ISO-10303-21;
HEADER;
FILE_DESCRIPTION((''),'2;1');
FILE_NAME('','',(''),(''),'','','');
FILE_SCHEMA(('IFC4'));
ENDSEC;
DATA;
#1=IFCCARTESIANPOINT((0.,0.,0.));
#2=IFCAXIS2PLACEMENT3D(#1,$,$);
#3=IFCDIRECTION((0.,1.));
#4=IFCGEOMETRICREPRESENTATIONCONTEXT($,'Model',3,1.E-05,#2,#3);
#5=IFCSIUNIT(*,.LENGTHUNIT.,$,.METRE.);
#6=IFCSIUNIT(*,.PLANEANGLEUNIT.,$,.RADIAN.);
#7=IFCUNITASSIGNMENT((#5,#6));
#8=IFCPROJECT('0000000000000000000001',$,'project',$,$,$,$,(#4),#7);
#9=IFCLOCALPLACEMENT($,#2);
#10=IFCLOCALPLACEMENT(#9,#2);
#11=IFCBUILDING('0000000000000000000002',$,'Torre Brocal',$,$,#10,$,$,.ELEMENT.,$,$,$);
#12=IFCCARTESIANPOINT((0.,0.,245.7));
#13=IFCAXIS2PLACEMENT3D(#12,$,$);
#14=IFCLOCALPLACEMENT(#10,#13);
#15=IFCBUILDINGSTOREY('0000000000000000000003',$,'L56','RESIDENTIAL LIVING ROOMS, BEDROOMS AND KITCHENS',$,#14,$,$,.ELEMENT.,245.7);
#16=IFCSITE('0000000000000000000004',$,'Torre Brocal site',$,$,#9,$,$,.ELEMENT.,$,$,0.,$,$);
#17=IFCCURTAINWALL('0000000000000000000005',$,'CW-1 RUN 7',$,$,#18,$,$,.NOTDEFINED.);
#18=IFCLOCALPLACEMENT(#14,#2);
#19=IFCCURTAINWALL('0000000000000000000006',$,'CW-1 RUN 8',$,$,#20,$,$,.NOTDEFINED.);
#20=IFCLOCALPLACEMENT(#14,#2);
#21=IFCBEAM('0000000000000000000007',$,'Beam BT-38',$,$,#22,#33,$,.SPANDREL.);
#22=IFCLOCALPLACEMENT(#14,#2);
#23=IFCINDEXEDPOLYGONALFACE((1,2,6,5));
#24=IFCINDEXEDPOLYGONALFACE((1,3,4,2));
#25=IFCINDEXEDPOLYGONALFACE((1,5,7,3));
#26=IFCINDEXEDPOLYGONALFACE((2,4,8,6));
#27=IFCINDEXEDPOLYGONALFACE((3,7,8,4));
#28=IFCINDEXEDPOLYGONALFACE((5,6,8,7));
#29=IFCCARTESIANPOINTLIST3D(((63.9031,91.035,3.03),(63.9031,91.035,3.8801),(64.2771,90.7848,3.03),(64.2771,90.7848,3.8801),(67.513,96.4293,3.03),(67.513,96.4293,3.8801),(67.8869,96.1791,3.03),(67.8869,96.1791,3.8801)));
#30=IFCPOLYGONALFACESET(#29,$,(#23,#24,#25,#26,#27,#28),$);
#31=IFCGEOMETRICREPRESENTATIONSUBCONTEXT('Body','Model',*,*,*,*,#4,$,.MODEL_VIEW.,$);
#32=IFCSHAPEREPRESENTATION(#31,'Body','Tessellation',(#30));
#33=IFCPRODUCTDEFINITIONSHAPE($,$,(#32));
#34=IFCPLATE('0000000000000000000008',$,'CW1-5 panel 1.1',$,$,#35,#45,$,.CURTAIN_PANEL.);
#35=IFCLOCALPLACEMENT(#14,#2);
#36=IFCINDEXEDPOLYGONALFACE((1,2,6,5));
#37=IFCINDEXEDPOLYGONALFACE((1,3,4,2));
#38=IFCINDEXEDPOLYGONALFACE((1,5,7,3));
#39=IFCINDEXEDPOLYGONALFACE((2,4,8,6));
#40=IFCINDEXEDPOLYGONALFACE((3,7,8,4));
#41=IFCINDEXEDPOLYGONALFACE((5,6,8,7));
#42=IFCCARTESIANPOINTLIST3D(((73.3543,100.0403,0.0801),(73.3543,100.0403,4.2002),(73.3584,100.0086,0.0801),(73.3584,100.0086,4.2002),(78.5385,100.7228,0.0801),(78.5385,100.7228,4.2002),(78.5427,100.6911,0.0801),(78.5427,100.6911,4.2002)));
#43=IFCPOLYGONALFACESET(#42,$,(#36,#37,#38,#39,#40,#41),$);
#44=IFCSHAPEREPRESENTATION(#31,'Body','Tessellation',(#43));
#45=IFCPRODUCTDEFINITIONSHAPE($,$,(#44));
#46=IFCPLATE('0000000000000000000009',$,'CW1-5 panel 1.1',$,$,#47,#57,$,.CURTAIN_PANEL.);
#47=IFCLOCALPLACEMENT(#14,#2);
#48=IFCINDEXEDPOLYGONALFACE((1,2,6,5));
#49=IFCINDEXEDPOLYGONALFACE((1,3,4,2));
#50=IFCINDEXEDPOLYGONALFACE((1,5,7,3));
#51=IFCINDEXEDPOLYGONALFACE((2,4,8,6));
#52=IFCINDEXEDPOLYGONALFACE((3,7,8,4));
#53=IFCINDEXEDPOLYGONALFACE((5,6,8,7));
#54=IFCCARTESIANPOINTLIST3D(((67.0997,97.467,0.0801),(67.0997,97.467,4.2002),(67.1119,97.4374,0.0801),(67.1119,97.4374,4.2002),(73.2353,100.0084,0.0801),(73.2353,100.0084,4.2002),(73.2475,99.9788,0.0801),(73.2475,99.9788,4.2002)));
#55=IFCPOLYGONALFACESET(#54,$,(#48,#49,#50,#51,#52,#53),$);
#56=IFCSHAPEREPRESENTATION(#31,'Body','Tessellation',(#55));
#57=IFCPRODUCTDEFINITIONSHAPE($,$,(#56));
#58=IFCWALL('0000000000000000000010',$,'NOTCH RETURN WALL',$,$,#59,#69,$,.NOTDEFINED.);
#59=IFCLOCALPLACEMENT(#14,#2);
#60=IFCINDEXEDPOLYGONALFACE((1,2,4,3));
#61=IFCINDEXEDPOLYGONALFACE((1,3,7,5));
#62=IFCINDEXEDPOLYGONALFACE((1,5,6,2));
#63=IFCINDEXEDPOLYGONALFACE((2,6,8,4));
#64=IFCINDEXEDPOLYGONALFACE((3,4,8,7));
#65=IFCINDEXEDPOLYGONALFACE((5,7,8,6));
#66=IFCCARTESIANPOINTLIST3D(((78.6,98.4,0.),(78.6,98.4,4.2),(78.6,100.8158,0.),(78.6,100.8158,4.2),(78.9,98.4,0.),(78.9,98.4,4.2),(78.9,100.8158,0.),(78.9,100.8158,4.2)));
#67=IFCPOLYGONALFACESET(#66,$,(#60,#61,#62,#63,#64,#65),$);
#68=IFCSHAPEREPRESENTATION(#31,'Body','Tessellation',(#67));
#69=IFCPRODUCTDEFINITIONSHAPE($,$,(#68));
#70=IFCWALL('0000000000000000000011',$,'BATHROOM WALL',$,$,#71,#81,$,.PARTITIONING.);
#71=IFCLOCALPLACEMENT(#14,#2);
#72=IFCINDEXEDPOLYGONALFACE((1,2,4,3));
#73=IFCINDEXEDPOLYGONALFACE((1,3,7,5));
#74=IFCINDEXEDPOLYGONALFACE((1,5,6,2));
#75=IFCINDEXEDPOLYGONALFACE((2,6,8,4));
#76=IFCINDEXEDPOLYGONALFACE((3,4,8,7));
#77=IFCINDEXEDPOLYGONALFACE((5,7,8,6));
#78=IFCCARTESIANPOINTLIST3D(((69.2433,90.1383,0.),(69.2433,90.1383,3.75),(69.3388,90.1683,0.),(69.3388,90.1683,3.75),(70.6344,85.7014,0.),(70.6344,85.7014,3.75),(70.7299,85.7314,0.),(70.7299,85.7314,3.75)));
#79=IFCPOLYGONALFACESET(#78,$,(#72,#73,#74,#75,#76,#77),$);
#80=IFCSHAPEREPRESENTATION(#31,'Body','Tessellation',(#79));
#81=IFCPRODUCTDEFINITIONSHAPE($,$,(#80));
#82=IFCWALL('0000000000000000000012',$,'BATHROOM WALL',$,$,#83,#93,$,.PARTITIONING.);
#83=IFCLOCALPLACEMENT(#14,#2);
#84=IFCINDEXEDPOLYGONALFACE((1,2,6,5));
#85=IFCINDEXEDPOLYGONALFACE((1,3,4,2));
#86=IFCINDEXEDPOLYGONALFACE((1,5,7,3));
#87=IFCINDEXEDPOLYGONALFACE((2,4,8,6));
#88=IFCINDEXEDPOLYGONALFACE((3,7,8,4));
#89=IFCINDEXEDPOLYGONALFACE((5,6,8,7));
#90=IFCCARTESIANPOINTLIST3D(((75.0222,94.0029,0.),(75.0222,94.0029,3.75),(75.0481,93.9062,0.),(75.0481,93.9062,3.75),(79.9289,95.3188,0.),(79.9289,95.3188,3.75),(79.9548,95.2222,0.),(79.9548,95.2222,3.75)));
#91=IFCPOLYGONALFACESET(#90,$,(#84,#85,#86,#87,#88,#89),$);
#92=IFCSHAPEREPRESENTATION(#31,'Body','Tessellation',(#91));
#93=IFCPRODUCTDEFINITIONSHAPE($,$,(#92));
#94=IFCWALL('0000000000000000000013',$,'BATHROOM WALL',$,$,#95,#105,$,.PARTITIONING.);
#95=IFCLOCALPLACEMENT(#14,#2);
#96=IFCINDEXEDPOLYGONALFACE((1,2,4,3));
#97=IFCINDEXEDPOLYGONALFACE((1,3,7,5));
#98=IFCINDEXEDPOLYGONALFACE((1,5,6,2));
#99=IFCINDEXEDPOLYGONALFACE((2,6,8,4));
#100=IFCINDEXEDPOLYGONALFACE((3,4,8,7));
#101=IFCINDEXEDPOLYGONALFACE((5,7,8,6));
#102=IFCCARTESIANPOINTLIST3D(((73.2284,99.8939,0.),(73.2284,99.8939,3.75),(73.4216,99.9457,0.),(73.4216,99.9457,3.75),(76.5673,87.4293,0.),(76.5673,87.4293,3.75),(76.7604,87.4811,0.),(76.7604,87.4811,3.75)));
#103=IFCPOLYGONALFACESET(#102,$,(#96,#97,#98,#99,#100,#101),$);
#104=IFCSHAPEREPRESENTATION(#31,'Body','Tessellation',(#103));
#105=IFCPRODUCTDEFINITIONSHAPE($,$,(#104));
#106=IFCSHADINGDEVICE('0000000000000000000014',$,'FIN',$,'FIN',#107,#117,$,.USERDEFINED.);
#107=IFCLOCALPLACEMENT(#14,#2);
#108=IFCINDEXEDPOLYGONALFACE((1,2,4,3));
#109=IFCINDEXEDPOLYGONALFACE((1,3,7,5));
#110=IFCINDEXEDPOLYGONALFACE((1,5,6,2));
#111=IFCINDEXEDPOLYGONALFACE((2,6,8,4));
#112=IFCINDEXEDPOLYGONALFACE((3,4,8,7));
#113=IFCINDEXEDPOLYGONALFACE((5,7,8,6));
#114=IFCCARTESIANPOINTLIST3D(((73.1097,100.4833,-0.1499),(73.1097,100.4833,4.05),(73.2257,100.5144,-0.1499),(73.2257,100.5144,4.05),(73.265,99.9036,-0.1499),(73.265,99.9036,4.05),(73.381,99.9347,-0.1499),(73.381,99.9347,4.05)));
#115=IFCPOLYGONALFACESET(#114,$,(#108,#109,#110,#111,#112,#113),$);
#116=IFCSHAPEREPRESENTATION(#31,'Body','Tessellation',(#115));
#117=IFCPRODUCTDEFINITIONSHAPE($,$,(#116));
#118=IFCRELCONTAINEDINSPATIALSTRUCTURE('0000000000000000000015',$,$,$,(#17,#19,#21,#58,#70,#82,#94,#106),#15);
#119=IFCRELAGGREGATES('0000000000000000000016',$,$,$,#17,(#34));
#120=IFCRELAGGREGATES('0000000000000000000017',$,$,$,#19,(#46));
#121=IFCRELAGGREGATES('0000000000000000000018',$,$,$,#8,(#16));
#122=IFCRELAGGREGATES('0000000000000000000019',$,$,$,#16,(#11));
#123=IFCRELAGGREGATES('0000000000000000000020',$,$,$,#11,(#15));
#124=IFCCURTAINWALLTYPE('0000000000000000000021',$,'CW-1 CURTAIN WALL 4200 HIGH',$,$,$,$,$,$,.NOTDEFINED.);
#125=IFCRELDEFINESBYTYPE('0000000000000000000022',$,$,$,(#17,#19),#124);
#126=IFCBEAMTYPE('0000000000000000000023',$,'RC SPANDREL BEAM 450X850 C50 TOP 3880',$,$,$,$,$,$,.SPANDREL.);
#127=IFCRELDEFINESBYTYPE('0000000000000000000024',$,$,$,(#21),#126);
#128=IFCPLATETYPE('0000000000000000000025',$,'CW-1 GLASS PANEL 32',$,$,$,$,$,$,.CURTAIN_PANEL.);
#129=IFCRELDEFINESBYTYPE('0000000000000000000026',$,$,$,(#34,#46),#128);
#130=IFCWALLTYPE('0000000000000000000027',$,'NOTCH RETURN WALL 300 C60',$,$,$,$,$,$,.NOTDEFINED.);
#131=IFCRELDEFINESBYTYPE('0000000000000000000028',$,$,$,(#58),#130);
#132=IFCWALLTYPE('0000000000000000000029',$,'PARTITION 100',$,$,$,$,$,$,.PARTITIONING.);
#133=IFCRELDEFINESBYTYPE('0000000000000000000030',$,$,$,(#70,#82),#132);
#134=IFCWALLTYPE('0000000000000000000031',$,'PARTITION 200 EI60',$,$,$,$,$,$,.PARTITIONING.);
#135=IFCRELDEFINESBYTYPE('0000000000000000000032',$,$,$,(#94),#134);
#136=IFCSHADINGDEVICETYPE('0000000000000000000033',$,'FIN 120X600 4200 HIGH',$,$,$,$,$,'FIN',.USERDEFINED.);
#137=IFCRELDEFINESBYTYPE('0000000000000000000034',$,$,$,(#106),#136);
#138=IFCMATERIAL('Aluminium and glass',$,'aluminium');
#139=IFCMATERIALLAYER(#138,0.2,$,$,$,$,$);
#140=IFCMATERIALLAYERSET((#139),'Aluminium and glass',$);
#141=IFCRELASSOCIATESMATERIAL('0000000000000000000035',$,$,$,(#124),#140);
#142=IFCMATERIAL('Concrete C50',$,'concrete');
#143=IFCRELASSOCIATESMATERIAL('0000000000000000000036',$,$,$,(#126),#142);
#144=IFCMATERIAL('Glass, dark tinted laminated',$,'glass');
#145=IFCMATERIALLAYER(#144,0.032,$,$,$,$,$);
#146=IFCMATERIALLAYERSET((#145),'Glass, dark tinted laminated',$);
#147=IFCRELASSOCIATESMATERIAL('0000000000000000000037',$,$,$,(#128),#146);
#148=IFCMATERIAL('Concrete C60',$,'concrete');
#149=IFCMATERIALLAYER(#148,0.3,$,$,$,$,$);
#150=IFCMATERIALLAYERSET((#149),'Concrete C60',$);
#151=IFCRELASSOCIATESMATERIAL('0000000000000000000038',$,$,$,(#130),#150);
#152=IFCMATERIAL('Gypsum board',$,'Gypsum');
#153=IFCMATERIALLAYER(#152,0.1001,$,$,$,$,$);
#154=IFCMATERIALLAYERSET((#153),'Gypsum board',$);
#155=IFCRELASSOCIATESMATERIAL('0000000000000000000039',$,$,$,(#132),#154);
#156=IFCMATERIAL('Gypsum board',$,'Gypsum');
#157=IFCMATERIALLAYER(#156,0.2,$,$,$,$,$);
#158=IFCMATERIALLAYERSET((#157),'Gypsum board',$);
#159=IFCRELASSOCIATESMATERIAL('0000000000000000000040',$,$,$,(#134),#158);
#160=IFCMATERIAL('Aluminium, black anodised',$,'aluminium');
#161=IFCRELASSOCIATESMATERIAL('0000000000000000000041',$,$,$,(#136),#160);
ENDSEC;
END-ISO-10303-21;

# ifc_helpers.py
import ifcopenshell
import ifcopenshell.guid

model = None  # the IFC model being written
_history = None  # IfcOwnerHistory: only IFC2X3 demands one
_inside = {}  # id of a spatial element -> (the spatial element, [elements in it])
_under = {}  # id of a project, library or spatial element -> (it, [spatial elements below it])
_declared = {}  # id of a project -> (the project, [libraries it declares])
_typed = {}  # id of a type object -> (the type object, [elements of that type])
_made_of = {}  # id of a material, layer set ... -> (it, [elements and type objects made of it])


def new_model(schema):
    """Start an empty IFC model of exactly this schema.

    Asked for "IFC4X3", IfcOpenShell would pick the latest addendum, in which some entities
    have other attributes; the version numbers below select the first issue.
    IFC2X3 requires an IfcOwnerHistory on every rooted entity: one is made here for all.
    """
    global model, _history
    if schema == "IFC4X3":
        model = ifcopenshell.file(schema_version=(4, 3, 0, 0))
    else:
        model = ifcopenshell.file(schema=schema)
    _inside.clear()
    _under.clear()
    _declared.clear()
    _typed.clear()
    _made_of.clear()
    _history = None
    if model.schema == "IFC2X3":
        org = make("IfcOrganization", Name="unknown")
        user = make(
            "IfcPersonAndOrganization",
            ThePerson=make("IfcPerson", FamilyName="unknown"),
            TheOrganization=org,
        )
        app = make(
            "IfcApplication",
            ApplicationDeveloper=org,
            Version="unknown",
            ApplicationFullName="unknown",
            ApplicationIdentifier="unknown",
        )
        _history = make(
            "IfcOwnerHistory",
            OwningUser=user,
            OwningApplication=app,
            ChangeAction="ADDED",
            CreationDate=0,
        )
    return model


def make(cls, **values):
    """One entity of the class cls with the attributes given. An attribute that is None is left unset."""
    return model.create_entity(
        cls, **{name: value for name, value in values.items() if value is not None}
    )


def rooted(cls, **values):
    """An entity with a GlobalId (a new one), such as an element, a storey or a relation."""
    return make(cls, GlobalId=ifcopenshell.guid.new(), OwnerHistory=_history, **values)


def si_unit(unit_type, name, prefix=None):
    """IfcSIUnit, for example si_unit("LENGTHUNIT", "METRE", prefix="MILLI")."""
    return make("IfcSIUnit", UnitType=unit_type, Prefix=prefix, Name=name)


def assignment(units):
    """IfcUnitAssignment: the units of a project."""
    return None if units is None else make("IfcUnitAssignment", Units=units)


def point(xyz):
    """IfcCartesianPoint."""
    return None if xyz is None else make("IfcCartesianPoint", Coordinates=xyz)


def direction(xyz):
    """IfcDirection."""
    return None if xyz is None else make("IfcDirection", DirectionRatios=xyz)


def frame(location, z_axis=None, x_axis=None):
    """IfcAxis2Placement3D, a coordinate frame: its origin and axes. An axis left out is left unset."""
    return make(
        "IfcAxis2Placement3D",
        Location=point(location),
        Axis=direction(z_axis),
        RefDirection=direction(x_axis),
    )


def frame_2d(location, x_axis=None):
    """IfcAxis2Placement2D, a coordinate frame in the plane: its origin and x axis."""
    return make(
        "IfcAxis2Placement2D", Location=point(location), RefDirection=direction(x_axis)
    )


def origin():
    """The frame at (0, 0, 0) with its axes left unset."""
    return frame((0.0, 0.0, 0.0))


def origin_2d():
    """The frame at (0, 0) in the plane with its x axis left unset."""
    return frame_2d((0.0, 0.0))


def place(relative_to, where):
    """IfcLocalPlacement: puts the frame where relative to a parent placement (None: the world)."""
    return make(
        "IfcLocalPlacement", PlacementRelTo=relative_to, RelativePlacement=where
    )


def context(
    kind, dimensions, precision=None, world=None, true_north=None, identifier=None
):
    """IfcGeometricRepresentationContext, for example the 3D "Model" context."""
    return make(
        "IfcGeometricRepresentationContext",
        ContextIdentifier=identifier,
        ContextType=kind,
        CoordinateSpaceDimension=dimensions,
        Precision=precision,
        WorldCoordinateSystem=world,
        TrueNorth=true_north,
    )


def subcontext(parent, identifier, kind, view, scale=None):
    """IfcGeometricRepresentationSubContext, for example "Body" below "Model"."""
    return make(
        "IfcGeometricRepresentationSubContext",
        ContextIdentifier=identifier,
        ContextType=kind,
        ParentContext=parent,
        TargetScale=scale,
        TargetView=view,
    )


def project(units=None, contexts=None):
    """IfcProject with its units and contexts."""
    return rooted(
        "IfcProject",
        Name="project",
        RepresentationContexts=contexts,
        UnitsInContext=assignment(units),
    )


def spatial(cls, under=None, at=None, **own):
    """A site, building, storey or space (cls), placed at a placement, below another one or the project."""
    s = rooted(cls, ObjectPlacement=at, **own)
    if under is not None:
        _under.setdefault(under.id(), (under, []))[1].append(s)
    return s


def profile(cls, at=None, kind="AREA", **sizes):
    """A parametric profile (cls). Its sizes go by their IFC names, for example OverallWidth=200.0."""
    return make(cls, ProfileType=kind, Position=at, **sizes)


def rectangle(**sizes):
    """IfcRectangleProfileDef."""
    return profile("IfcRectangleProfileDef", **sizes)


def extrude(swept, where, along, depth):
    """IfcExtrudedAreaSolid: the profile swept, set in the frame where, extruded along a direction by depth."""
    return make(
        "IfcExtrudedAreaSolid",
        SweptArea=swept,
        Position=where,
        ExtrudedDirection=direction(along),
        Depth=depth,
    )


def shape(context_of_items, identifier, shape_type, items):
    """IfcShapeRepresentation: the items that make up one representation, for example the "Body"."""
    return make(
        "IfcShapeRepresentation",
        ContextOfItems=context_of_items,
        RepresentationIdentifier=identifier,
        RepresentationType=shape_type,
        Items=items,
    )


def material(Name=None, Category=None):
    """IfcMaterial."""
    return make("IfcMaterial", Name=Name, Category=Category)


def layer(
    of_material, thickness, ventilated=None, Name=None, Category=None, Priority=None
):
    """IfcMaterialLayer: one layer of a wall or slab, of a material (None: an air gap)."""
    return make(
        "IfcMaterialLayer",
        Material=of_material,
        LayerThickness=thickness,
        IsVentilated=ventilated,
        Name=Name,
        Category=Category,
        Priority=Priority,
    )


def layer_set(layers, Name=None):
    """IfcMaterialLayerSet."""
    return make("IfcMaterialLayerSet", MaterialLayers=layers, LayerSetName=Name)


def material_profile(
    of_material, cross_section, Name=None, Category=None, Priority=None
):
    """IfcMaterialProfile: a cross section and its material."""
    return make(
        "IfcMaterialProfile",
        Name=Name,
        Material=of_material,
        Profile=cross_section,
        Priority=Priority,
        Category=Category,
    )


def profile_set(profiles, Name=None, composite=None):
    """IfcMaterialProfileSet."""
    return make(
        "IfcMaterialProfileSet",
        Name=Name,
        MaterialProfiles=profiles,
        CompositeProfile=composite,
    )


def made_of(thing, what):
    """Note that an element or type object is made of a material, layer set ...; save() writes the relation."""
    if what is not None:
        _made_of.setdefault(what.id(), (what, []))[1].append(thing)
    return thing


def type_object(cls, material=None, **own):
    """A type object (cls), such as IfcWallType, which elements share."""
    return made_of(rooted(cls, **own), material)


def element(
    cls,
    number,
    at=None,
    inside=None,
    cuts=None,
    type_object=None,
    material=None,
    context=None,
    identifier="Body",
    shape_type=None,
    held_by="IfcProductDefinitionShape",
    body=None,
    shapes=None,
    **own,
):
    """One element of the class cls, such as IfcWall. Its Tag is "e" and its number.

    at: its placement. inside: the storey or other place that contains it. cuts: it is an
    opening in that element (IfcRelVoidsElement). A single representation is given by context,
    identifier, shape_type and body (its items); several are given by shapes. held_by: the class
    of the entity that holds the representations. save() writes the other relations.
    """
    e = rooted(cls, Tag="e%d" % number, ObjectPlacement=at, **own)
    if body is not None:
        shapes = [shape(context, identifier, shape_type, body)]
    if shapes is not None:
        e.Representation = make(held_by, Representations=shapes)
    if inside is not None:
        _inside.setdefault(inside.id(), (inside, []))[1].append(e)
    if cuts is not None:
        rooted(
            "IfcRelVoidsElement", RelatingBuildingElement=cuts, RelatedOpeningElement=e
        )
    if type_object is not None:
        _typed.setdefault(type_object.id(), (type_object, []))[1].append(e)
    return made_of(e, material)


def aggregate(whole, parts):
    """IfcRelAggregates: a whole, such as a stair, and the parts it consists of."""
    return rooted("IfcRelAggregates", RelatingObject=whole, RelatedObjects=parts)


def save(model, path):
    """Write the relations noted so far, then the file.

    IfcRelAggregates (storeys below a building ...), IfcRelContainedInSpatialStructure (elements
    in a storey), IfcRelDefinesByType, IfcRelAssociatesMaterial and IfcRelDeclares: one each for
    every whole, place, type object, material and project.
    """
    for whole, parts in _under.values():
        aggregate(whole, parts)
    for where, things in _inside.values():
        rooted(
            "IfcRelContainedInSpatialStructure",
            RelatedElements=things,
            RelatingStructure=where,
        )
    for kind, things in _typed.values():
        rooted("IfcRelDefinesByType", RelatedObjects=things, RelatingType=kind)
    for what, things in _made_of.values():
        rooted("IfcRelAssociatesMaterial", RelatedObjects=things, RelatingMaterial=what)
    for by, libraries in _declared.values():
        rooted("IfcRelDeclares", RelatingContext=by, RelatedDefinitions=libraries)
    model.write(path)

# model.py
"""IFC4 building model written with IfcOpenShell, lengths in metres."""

from ifc_helpers import new_model, si_unit, direction, frame, frame_2d, origin, origin_2d, place, context, subcontext, project, spatial, rectangle, extrude, material, layer, layer_set, material_profile, profile_set, type_object, element, aggregate, save


model = new_model("IFC4")

# Units and contexts
model_context = context("Model", 3, precision=1e-05, world=origin(), true_north=direction((0.0, 1.0)))
body_context = subcontext(model_context, "Body", "Model", "MODEL_VIEW")
ifc_project = project(units=[si_unit("LENGTHUNIT", "METRE"), si_unit("PLANEANGLEUNIT", "RADIAN")], contexts=[model_context])

# Site, building, storey
site_placement = place(None, origin())
site = spatial("IfcSite", under=ifc_project, at=site_placement, Name="Torre Brocal site", CompositionType="ELEMENT", RefElevation=0.0)
building_placement = place(site_placement, origin())
building = spatial("IfcBuilding", under=site, at=building_placement, Name="Torre Brocal", CompositionType="ELEMENT")
storey_placement = place(building_placement, frame((0.0, 0.0, 245.7)))
storey = spatial("IfcBuildingStorey", under=building, at=storey_placement, Name="L56", Description="RESIDENTIAL LIVING ROOMS, BEDROOMS AND KITCHENS", CompositionType="ELEMENT", Elevation=245.7)

# Curtain wall
ifc_material_1 = material(Name="Aluminium and glass", Category="aluminium")
ifc_layer_1 = layer(ifc_material_1, 0.2)
ifc_layer_set_1 = layer_set([ifc_layer_1], Name="Aluminium and glass")
curtain_wall_type = type_object("IfcCurtainWallType", Name="CW-1 CURTAIN WALL 4200 HIGH", PredefinedType="NOTDEFINED", material=ifc_layer_set_1)
curtain_wall_1_placement = place(storey_placement, origin())
curtain_wall_1 = element("IfcCurtainWall", 1, at=curtain_wall_1_placement, inside=storey, type_object=curtain_wall_type, Name="CW-1 RUN 7", PredefinedType="NOTDEFINED")

# Curtain wall
curtain_wall_2_placement = place(storey_placement, origin())
curtain_wall_2 = element("IfcCurtainWall", 2, at=curtain_wall_2_placement, inside=storey, type_object=curtain_wall_type, Name="CW-1 RUN 8", PredefinedType="NOTDEFINED")

# Beam
ifc_material_2 = material(Name="Concrete C50", Category="concrete")
ifc_material_profile_1 = material_profile(ifc_material_2, rectangle(XDim=0.45, YDim=0.8501, at=origin_2d()), Name="RC 450X850")
ifc_profile_set_1 = profile_set([ifc_material_profile_1], Name="Concrete C50")
beam_type_1 = type_object("IfcBeamType", Name="RC SPANDREL BEAM 450X850 C50 TOP 3880", PredefinedType="SPANDREL", material=ifc_profile_set_1)
beam_1_placement = place(storey_placement, frame((67.7, 96.3042, 3.4551), z_axis=(-0.556158, -0.831077, 0.0), x_axis=(0.831077, -0.556158, 0.0)))
element("IfcBeam", 3, at=beam_1_placement, inside=storey, type_object=beam_type_1, Name="Beam BT-38", PredefinedType="SPANDREL", context=body_context, shape_type="SweptSolid", body=[
    extrude(rectangle(XDim=0.45, YDim=0.8501, at=origin_2d()), origin(), (0.0, 0.0, 1.0), 6.4907),
])

# Plates
ifc_material_3 = material(Name="Glass, dark tinted laminated", Category="glass")
ifc_layer_2 = layer(ifc_material_3, 0.032)
ifc_layer_set_2 = layer_set([ifc_layer_2], Name="Glass, dark tinted laminated")
plate_type = type_object("IfcPlateType", Name="CW-1 GLASS PANEL 32", PredefinedType="CURTAIN_PANEL", material=ifc_layer_set_2)
plate_1_placement = place(storey_placement, frame((75.9485, 100.3657, 0.0801), z_axis=(0.0, 0.0, 1.0), x_axis=(-0.991445, -0.130526, 0.0)))
plate_1 = element("IfcPlate", 4, at=plate_1_placement, type_object=plate_type, Name="CW1-5 panel 1.1", PredefinedType="CURTAIN_PANEL", context=body_context, shape_type="SweptSolid", body=[
    extrude(rectangle(XDim=5.229, YDim=0.032, at=origin_2d()), origin(), (0.0, 0.0, 1.0), 4.1201),
])
aggregate(curtain_wall_1, [plate_1])
plate_2_placement = place(storey_placement, frame((70.1736, 98.7229, 0.0801), z_axis=(0.0, 0.0, 1.0), x_axis=(-0.92388, -0.382683, 0.0)))
plate_2 = element("IfcPlate", 5, at=plate_2_placement, type_object=plate_type, Name="CW1-5 panel 1.1", PredefinedType="CURTAIN_PANEL", context=body_context, shape_type="SweptSolid", body=[
    extrude(rectangle(XDim=6.6411, YDim=0.032, at=origin_2d()), origin(), (0.0, 0.0, 1.0), 4.1201),
])
aggregate(curtain_wall_2, [plate_2])

# Walls
ifc_material_4 = material(Name="Concrete C60", Category="concrete")
ifc_layer_3 = layer(ifc_material_4, 0.3)
ifc_layer_set_3 = layer_set([ifc_layer_3], Name="Concrete C60")
wall_type_1 = type_object("IfcWallType", Name="NOTCH RETURN WALL 300 C60", PredefinedType="NOTDEFINED", material=ifc_layer_set_3)
wall_1_placement = place(storey_placement, frame((78.75, 98.3999, 0.0), z_axis=(0.0, 0.0, 1.0), x_axis=(0.0, 1.0, 0.0)))
element("IfcWall", 6, at=wall_1_placement, inside=storey, type_object=wall_type_1, Name="NOTCH RETURN WALL", PredefinedType="NOTDEFINED", context=body_context, shape_type="SweptSolid", body=[
    extrude(rectangle(XDim=2.4158, YDim=0.3, at=frame_2d((1.208, 0.0))), origin(), (0.0, 0.0, 1.0), 4.2),
])
ifc_material_5 = material(Name="Gypsum board", Category="Gypsum")
ifc_layer_4 = layer(ifc_material_5, 0.1001)
ifc_layer_set_4 = layer_set([ifc_layer_4], Name="Gypsum board")
wall_type_2 = type_object("IfcWallType", Name="PARTITION 100", PredefinedType="PARTITIONING", material=ifc_layer_set_4)
wall_2_placement = place(storey_placement, frame((69.291, 90.1533, 0.0), z_axis=(0.0, 0.0, 1.0), x_axis=(0.299166, -0.954201, 0.0)))
element("IfcWall", 7, at=wall_2_placement, inside=storey, type_object=wall_type_2, Name="BATHROOM WALL", PredefinedType="PARTITIONING", context=body_context, shape_type="SweptSolid", body=[
    extrude(rectangle(XDim=4.6499, YDim=0.1001, at=frame_2d((2.325, 0.0))), origin(), (0.0, 0.0, 1.0), 3.75),
])
wall_3_placement = place(storey_placement, frame((75.0352, 93.9546, 0.0), z_axis=(0.0, 0.0, 1.0), x_axis=(0.965869, 0.259032, 0.0)))
element("IfcWall", 8, at=wall_3_placement, inside=storey, type_object=wall_type_2, Name="BATHROOM WALL", PredefinedType="PARTITIONING", context=body_context, shape_type="SweptSolid", body=[
    extrude(rectangle(XDim=5.0801, YDim=0.1001, at=frame_2d((2.54, 0.0))), origin(), (0.0, 0.0, 1.0), 3.75),
])
ifc_material_6 = material(Name="Gypsum board", Category="Gypsum")
ifc_layer_5 = layer(ifc_material_6, 0.2)
ifc_layer_set_5 = layer_set([ifc_layer_5], Name="Gypsum board")
wall_type_3 = type_object("IfcWallType", Name="PARTITION 200 EI60", PredefinedType="PARTITIONING", material=ifc_layer_set_5)
wall_4_placement = place(storey_placement, frame((73.325, 99.9199, 0.0), z_axis=(0.0, 0.0, 1.0), x_axis=(0.258746, -0.965945, 0.0)))
element("IfcWall", 9, at=wall_4_placement, inside=storey, type_object=wall_type_3, Name="BATHROOM WALL", PredefinedType="PARTITIONING", context=body_context, shape_type="SweptSolid", body=[
    extrude(rectangle(XDim=12.9041, YDim=0.2, at=frame_2d((6.4521, 0.0))), origin(), (0.0, 0.0, 1.0), 3.75),
])

# Shading device
ifc_material_7 = material(Name="Aluminium, black anodised", Category="aluminium")
ifc_material_profile_2 = material_profile(ifc_material_7, rectangle(XDim=0.1201, YDim=0.6001, at=origin_2d()), Name="FIN 120X600 4200 HIGH")
ifc_profile_set_2 = profile_set([ifc_material_profile_2], Name="Aluminium, black anodised")
shading_device_type = type_object("IfcShadingDeviceType", Name="FIN 120X600 4200 HIGH", ElementType="FIN", PredefinedType="USERDEFINED", material=ifc_profile_set_2)
shading_device_placement = place(storey_placement, frame((73.2454, 100.209, -0.1499), z_axis=(0.0, 0.0, 1.0), x_axis=(-0.965926, -0.258819, 0.0)))
element("IfcShadingDevice", 10, at=shading_device_placement, inside=storey, type_object=shading_device_type, Name="FIN", ObjectType="FIN", PredefinedType="USERDEFINED", context=body_context, shape_type="SweptSolid", body=[
    extrude(rectangle(XDim=0.1201, YDim=0.6001, at=origin_2d()), origin(), (0.0, 0.0, 1.0), 4.2),
])

save(model, "model.ifc")
